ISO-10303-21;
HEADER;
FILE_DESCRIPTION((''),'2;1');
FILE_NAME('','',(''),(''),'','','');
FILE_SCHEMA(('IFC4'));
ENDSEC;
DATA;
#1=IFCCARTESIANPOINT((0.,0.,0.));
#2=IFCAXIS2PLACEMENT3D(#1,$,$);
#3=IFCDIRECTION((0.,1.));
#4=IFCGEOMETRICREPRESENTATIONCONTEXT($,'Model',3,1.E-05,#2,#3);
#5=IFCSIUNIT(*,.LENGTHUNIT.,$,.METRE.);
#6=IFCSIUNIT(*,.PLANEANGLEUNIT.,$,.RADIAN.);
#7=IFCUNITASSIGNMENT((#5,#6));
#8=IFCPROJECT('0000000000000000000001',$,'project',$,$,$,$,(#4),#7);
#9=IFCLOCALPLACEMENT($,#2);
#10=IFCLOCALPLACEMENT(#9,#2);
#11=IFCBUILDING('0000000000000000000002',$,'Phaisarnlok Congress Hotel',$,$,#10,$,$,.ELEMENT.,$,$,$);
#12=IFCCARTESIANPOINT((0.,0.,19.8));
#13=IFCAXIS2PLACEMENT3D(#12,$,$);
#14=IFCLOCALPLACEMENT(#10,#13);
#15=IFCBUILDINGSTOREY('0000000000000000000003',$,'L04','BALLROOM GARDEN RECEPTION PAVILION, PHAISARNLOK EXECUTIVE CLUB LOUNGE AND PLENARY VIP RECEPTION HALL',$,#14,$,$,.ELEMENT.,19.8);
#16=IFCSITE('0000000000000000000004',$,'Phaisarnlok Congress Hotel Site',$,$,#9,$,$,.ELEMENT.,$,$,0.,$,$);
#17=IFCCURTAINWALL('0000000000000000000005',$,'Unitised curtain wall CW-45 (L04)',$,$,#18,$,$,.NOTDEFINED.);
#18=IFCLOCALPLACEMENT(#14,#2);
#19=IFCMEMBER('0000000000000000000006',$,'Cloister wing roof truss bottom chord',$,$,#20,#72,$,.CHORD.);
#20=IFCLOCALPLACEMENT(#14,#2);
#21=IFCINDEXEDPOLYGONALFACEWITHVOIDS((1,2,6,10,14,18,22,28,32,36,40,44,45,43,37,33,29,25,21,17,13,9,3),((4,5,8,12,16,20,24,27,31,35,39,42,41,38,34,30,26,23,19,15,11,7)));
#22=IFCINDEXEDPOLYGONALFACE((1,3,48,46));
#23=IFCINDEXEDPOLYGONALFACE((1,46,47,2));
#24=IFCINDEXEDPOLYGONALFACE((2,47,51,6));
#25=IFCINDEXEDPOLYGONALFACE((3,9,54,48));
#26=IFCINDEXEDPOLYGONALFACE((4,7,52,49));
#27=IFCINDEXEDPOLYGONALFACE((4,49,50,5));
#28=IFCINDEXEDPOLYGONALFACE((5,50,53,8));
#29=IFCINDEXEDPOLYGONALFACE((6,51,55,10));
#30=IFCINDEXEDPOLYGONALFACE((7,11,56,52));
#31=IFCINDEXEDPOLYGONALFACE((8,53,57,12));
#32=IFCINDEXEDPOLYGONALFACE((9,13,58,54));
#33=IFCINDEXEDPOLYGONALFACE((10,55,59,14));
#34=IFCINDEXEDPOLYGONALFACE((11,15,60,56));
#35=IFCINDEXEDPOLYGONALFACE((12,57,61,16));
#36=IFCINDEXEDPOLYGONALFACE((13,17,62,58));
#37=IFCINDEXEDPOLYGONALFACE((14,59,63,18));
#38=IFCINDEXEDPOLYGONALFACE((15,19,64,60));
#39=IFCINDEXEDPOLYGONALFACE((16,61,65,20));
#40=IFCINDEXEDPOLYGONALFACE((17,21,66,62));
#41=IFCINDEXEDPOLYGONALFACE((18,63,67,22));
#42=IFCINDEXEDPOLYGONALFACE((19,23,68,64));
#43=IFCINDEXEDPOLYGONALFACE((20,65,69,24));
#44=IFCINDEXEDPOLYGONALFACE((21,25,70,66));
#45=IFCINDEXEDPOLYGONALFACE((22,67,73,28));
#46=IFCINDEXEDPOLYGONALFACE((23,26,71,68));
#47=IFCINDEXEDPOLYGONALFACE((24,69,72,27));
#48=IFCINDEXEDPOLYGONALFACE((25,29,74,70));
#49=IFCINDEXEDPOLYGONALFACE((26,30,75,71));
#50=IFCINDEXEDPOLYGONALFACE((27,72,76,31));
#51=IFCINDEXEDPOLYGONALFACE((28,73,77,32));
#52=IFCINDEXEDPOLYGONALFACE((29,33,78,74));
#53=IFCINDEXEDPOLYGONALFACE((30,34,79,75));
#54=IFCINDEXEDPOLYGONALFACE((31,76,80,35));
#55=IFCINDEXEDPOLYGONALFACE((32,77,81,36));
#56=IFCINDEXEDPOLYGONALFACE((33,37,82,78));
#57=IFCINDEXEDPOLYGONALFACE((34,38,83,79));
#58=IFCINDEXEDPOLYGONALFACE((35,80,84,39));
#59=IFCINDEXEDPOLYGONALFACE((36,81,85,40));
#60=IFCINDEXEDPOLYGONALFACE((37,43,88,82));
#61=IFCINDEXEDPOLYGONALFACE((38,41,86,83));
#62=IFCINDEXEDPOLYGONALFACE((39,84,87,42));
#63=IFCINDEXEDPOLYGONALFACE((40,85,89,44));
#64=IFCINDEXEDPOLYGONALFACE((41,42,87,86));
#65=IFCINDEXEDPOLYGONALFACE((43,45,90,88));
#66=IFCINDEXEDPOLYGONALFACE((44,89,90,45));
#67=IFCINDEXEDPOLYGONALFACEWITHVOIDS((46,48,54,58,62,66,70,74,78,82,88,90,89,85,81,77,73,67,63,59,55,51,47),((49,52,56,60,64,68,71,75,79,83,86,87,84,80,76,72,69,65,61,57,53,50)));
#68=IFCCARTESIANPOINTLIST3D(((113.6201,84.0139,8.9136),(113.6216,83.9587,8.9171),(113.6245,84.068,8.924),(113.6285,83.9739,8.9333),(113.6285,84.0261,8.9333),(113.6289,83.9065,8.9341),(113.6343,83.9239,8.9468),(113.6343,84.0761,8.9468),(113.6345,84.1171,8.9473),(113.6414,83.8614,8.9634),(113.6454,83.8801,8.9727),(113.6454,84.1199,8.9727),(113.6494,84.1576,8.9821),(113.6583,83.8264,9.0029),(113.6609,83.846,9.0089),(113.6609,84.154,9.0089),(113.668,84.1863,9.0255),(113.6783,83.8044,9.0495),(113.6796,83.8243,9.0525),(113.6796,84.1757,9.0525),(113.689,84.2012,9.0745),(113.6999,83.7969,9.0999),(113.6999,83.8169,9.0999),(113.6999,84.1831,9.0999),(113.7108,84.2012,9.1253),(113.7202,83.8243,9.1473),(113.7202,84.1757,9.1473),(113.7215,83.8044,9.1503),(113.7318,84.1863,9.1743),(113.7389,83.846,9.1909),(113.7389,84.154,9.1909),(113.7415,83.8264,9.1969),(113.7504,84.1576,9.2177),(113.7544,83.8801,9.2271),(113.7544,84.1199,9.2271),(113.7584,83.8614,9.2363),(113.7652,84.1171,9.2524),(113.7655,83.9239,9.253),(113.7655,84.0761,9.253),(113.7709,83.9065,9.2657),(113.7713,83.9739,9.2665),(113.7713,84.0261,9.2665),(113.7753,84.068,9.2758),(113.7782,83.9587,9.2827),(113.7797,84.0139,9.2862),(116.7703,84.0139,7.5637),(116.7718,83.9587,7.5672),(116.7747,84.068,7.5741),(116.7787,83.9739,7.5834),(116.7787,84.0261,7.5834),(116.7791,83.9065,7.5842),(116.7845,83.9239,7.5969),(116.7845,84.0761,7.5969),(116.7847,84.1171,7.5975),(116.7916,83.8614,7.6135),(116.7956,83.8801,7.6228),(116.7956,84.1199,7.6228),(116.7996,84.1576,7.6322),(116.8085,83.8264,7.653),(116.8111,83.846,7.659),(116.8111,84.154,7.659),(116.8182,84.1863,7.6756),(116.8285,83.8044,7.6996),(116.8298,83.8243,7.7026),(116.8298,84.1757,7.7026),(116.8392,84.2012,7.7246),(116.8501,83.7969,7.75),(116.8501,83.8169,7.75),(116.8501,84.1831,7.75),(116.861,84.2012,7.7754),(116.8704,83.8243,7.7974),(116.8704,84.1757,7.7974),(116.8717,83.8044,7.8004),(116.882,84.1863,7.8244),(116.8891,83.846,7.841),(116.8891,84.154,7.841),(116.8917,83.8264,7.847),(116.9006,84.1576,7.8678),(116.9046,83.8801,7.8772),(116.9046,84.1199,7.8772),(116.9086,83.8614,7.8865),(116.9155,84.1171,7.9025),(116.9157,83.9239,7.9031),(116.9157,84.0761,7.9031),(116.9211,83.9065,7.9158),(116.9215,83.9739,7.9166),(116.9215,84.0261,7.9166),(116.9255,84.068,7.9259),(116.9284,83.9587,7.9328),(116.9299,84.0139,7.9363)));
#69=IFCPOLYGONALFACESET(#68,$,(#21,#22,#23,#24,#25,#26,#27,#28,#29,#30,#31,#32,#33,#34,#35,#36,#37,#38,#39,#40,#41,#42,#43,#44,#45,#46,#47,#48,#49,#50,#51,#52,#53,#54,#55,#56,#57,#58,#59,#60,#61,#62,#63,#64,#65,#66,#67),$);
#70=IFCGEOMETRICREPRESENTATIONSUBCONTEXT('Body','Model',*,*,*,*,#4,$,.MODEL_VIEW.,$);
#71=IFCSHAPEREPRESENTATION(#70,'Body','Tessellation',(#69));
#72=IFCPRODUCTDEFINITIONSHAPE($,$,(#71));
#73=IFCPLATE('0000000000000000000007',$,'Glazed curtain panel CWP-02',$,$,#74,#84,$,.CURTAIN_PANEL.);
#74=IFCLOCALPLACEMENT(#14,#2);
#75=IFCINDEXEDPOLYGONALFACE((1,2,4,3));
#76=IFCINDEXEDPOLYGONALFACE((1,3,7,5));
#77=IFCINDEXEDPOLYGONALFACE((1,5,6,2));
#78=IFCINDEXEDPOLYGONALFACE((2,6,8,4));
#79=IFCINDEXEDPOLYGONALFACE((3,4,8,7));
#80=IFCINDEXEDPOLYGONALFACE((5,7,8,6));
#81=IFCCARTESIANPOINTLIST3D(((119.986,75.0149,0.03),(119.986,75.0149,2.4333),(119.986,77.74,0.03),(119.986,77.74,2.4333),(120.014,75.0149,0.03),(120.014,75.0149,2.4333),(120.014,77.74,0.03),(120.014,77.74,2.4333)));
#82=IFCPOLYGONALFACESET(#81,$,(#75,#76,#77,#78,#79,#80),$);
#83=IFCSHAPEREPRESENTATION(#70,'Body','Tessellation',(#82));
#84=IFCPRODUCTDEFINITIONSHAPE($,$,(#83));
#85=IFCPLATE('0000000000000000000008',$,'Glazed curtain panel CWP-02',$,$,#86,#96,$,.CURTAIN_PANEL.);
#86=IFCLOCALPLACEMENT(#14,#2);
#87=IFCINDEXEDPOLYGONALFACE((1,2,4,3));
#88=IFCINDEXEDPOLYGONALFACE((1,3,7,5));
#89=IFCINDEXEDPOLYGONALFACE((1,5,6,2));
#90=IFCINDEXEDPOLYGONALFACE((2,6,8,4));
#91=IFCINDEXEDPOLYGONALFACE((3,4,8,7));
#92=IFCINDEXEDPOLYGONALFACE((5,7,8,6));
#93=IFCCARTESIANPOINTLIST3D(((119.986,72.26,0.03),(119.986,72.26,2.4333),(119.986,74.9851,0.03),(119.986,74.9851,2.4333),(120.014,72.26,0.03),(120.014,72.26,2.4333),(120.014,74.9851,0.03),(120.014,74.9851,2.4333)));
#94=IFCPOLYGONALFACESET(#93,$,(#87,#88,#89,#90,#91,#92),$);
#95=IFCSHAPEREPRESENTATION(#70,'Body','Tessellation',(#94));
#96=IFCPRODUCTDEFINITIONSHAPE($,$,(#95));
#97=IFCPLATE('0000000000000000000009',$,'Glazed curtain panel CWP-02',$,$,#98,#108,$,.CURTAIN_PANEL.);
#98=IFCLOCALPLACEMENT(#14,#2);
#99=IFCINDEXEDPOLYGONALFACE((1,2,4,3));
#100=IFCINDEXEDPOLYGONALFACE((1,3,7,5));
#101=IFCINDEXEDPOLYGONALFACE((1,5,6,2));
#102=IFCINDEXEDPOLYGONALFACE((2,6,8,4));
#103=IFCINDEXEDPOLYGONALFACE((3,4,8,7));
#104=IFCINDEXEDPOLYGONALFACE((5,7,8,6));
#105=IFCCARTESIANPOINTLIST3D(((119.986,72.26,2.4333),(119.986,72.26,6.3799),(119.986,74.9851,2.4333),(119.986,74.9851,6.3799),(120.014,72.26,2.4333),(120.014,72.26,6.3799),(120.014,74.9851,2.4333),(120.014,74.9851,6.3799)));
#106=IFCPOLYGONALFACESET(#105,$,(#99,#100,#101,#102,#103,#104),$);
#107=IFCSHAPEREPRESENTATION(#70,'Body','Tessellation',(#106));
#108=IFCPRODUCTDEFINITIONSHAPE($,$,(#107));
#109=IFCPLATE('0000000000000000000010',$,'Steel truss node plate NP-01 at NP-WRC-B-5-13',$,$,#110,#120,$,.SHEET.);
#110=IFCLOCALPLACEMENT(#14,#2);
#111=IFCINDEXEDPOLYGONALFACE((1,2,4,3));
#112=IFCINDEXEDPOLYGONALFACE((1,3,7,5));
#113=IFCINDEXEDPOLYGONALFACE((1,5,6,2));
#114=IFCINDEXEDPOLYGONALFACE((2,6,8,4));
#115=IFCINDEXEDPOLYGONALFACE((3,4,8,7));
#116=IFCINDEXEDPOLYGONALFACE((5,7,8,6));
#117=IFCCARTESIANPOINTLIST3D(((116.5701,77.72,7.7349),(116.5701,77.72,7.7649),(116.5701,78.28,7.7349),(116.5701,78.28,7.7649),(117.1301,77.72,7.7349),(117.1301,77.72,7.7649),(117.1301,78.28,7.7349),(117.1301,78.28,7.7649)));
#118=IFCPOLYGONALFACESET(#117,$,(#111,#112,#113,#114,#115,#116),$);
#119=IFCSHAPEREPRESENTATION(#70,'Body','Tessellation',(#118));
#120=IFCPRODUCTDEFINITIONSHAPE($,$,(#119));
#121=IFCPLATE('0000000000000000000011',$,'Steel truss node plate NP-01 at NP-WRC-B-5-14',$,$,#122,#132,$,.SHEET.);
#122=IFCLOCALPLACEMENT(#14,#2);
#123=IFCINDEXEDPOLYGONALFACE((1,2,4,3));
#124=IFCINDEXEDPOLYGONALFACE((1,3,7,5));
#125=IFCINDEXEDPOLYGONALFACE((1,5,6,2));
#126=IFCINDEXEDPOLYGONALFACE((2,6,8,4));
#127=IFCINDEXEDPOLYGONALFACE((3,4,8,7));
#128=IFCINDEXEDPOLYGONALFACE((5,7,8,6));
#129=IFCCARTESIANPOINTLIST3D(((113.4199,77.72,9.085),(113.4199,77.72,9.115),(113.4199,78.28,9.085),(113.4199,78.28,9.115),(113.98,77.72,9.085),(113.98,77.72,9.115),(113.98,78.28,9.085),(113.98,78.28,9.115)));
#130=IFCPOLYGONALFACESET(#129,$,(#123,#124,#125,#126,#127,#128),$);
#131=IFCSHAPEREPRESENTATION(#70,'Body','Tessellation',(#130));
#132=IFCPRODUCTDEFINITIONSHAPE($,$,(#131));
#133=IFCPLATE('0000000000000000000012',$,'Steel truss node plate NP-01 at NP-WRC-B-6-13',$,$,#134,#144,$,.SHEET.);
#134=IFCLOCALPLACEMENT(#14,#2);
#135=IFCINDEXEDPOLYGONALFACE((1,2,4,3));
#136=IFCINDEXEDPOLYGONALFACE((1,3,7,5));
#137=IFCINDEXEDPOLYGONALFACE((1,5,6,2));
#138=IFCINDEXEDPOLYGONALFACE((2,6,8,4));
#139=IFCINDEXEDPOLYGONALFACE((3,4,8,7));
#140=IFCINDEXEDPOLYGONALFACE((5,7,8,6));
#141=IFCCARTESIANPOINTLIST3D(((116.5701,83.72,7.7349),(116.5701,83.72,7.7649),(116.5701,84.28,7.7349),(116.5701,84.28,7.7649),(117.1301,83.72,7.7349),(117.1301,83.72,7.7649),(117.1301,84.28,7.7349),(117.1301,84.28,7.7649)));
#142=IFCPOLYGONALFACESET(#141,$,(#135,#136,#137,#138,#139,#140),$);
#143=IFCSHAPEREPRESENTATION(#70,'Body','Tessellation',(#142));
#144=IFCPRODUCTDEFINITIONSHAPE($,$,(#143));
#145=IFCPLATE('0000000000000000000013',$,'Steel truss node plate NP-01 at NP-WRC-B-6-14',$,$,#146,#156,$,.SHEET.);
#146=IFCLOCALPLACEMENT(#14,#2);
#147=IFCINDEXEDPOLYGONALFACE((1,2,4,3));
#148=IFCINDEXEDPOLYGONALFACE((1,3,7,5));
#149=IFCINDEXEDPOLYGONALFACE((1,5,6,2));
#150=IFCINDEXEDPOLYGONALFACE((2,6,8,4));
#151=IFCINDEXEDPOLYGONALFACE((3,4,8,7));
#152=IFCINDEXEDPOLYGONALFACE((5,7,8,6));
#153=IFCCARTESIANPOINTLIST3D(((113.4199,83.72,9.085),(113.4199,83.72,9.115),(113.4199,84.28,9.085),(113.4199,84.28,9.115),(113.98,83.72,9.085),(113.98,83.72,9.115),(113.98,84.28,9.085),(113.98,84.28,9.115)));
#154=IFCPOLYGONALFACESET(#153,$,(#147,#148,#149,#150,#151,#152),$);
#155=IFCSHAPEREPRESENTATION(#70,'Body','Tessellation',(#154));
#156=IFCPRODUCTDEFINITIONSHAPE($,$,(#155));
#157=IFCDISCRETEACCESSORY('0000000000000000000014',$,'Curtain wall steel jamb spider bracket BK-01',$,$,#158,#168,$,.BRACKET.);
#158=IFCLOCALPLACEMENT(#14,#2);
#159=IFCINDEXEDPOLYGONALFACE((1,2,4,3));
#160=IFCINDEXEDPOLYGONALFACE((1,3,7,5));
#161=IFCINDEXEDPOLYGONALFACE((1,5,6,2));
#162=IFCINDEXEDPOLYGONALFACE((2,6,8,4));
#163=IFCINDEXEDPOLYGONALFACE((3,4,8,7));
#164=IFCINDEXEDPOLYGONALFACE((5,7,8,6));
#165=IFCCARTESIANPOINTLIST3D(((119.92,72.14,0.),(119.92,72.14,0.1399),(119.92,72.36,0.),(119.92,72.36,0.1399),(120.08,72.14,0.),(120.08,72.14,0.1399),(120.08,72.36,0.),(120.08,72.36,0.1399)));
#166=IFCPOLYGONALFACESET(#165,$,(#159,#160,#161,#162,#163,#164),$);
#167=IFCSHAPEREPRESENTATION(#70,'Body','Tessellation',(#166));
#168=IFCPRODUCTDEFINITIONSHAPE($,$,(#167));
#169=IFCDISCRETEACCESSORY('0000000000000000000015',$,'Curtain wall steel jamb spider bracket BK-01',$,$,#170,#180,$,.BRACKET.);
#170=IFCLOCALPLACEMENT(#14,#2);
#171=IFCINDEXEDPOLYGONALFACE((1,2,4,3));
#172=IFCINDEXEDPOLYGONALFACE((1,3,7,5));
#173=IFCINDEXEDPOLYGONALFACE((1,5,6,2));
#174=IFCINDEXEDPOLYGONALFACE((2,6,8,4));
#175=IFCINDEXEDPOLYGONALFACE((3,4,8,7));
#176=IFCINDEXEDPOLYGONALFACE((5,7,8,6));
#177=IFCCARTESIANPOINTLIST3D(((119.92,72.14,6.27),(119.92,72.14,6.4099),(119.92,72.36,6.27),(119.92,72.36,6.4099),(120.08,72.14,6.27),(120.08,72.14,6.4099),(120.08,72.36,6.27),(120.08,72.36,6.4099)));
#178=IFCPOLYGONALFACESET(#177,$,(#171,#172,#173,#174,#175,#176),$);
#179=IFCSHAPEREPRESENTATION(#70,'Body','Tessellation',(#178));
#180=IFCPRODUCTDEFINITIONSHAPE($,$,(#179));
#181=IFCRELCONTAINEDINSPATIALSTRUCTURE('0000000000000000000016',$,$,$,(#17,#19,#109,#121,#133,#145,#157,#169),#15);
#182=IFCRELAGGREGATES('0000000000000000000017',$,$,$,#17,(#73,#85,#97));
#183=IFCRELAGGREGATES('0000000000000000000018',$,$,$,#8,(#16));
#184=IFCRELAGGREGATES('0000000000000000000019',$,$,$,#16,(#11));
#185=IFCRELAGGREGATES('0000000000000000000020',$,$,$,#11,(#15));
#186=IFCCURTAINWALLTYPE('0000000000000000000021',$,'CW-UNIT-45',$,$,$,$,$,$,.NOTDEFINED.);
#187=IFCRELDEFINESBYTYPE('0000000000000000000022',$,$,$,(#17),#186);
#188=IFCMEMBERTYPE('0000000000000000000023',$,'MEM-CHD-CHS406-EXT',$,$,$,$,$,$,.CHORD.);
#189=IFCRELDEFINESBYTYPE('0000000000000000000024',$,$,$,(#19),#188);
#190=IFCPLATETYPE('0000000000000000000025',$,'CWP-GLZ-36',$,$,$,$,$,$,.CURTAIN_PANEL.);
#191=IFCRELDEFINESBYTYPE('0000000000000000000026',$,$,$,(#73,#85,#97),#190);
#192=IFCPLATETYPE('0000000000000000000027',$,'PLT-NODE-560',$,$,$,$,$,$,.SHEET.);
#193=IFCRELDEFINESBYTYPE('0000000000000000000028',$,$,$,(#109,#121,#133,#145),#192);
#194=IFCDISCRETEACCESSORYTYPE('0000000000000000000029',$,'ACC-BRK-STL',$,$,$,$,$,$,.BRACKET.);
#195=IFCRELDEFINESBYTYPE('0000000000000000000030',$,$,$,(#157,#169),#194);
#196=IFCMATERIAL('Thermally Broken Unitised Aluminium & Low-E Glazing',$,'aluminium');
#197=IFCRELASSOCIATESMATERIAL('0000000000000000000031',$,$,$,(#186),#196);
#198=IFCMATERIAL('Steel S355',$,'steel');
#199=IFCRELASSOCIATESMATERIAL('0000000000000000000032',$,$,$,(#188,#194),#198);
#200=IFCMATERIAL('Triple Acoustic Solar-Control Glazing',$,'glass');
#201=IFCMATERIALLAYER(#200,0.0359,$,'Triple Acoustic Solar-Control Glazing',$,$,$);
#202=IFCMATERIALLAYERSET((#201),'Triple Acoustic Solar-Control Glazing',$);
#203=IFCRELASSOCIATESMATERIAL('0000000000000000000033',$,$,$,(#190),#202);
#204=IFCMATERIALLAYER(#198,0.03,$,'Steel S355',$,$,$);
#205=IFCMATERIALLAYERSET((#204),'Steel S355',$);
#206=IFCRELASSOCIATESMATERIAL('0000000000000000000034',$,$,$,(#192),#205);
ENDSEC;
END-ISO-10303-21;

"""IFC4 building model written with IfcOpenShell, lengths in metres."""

from ifc_helpers import new_model, si_unit, direction, frame, frame_2d, origin, origin_2d, place, context, subcontext, project, spatial, rectangle, hollow_circle, extrude, material, layer, layer_set, material_profile, profile_set, type_object, element, aggregate, save


model = new_model("IFC4")

# Units and contexts
model_context = context("Model", 3, precision=1e-05, world=origin(), true_north=direction((0.0, 1.0)))
body_context = subcontext(model_context, "Body", "Model", "MODEL_VIEW")
ifc_project = project(units=[si_unit("LENGTHUNIT", "METRE"), si_unit("PLANEANGLEUNIT", "RADIAN")], contexts=[model_context])

# Site, building, storey
site_placement = place(None, origin())
site = spatial("IfcSite", under=ifc_project, at=site_placement, Name="Phaisarnlok Congress Hotel Site", CompositionType="ELEMENT", RefElevation=0.0)
building_placement = place(site_placement, origin())
building = spatial("IfcBuilding", under=site, at=building_placement, Name="Phaisarnlok Congress Hotel", CompositionType="ELEMENT")
storey_placement = place(building_placement, frame((0.0, 0.0, 19.8)))
storey = spatial("IfcBuildingStorey", under=building, at=storey_placement, Name="L04", Description="BALLROOM GARDEN RECEPTION PAVILION, PHAISARNLOK EXECUTIVE CLUB LOUNGE AND PLENARY VIP RECEPTION HALL", CompositionType="ELEMENT", Elevation=19.8)

# Curtain wall
ifc_material_1 = material(Name="Thermally Broken Unitised Aluminium & Low-E Glazing", Category="aluminium")
curtain_wall_type = type_object("IfcCurtainWallType", Name="CW-UNIT-45", PredefinedType="NOTDEFINED", material=ifc_material_1)
curtain_wall_placement = place(storey_placement, origin())
curtain_wall = element("IfcCurtainWall", 1, at=curtain_wall_placement, inside=storey, type_object=curtain_wall_type, Name="Unitised curtain wall CW-45 (L04)", PredefinedType="NOTDEFINED")

# Member
ifc_material_2 = material(Name="Steel S355", Category="steel")
ifc_material_profile_1 = material_profile(ifc_material_2, hollow_circle(Radius=0.2031, WallThickness=0.02, at=origin_2d()), Name="CHS 406.4x20")
ifc_profile_set_1 = profile_set([ifc_material_profile_1], Name="Steel S355")
member_type_1 = type_object("IfcMemberType", Name="MEM-CHD-CHS406-EXT", PredefinedType="CHORD", material=ifc_profile_set_1)
member_1_placement = place(storey_placement, frame((116.8501, 84.0, 7.75), z_axis=(-0.919167, 0.0, 0.393868), x_axis=(0.0, -1.0, 0.0)))
element("IfcMember", 2, at=member_1_placement, inside=storey, type_object=member_type_1, Name="Cloister wing roof truss bottom chord", PredefinedType="CHORD", context=body_context, shape_type="SweptSolid", body=[
    extrude(hollow_circle(Radius=0.2031, WallThickness=0.02, at=origin_2d()), origin(), (0.0, 0.0, 1.0), 3.4272),
])

# Plates
ifc_material_3 = material(Name="Triple Acoustic Solar-Control Glazing", Category="glass")
ifc_layer_1 = layer(ifc_material_3, 0.0359, Name="Triple Acoustic Solar-Control Glazing")
ifc_layer_set_1 = layer_set([ifc_layer_1], Name="Triple Acoustic Solar-Control Glazing")
plate_type_1 = type_object("IfcPlateType", Name="CWP-GLZ-36", PredefinedType="CURTAIN_PANEL", material=ifc_layer_set_1)
plate_1_placement = place(storey_placement, frame((120.0, 77.74, 0.03), z_axis=(0.0, 0.0, 1.0), x_axis=(0.0, -1.0, 0.0)))
plate_1 = element("IfcPlate", 3, at=plate_1_placement, type_object=plate_type_1, Name="Glazed curtain panel CWP-02", PredefinedType="CURTAIN_PANEL", context=body_context, shape_type="SweptSolid", body=[
    extrude(rectangle(XDim=2.7251, YDim=0.0281, at=frame_2d((1.3625, 0.0))), origin(), (0.0, 0.0, 1.0), 2.4033),
])
plate_2_placement = place(storey_placement, frame((120.0, 74.9851, 0.03), z_axis=(0.0, 0.0, 1.0), x_axis=(0.0, -1.0, 0.0)))
plate_2 = element("IfcPlate", 4, at=plate_2_placement, type_object=plate_type_1, Name="Glazed curtain panel CWP-02", PredefinedType="CURTAIN_PANEL", context=body_context, shape_type="SweptSolid", body=[
    extrude(rectangle(XDim=2.7251, YDim=0.0281, at=frame_2d((1.3625, 0.0))), origin(), (0.0, 0.0, 1.0), 2.4033),
])
plate_3_placement = place(storey_placement, frame((120.0, 74.9851, 2.4333), z_axis=(0.0, 0.0, 1.0), x_axis=(0.0, -1.0, 0.0)))
plate_3 = element("IfcPlate", 5, at=plate_3_placement, type_object=plate_type_1, Name="Glazed curtain panel CWP-02", PredefinedType="CURTAIN_PANEL", context=body_context, shape_type="SweptSolid", body=[
    extrude(rectangle(XDim=2.7251, YDim=0.0281, at=frame_2d((1.3625, 0.0))), origin(), (0.0, 0.0, 1.0), 3.9465),
])
aggregate(curtain_wall, [plate_1, plate_2, plate_3])

# Plates
ifc_layer_2 = layer(ifc_material_2, 0.03, Name="Steel S355")
ifc_layer_set_2 = layer_set([ifc_layer_2], Name="Steel S355")
plate_type_2 = type_object("IfcPlateType", Name="PLT-NODE-560", PredefinedType="SHEET", material=ifc_layer_set_2)
for number, where, z_axis, x_axis, name in (
    (6, (116.8501, 78.0, 7.7349), (0.0, 0.0, 1.0), (1.0, 0.0, 0.0), "Steel truss node plate NP-01 at NP-WRC-B-5-13"),
    (7, (113.7, 78.0, 9.085), (0.0, 0.0, 1.0), (1.0, 0.0, 0.0), "Steel truss node plate NP-01 at NP-WRC-B-5-14"),
    (8, (116.8501, 84.0, 7.7349), (0.0, 0.0, 1.0), (1.0, 0.0, 0.0), "Steel truss node plate NP-01 at NP-WRC-B-6-13"),
    (9, (113.7, 84.0, 9.085), (0.0, 0.0, 1.0), (1.0, 0.0, 0.0), "Steel truss node plate NP-01 at NP-WRC-B-6-14"),
):
    element("IfcPlate", number, at=place(storey_placement, frame(where, z_axis=z_axis, x_axis=x_axis)), inside=storey, type_object=plate_type_2, Name=name, PredefinedType="SHEET", context=body_context, shape_type="SweptSolid", body=[
        extrude(rectangle(XDim=0.5601, YDim=0.5601, at=origin_2d()), origin(), (0.0, 0.0, 1.0), 0.03),
    ])

# Discrete accessories
discrete_accessory_type = type_object("IfcDiscreteAccessoryType", Name="ACC-BRK-STL", PredefinedType="BRACKET", material=ifc_material_2)
for number, where, z_axis, x_axis, name in (
    (10, (120.0, 72.25, 0.0), (0.0, 0.0, 1.0), (1.0, 0.0, 0.0), "Curtain wall steel jamb spider bracket BK-01"),
    (11, (120.0, 72.25, 6.27), (0.0, 0.0, 1.0), (1.0, 0.0, 0.0), "Curtain wall steel jamb spider bracket BK-01"),
):
    element("IfcDiscreteAccessory", number, at=place(storey_placement, frame(where, z_axis=z_axis, x_axis=x_axis)), inside=storey, type_object=discrete_accessory_type, Name=name, PredefinedType="BRACKET", context=body_context, shape_type="SweptSolid", body=[
        extrude(rectangle(XDim=0.1599, YDim=0.22, at=origin_2d()), origin(), (0.0, 0.0, 1.0), 0.1399),
    ])

save(model, "model.ifc")
